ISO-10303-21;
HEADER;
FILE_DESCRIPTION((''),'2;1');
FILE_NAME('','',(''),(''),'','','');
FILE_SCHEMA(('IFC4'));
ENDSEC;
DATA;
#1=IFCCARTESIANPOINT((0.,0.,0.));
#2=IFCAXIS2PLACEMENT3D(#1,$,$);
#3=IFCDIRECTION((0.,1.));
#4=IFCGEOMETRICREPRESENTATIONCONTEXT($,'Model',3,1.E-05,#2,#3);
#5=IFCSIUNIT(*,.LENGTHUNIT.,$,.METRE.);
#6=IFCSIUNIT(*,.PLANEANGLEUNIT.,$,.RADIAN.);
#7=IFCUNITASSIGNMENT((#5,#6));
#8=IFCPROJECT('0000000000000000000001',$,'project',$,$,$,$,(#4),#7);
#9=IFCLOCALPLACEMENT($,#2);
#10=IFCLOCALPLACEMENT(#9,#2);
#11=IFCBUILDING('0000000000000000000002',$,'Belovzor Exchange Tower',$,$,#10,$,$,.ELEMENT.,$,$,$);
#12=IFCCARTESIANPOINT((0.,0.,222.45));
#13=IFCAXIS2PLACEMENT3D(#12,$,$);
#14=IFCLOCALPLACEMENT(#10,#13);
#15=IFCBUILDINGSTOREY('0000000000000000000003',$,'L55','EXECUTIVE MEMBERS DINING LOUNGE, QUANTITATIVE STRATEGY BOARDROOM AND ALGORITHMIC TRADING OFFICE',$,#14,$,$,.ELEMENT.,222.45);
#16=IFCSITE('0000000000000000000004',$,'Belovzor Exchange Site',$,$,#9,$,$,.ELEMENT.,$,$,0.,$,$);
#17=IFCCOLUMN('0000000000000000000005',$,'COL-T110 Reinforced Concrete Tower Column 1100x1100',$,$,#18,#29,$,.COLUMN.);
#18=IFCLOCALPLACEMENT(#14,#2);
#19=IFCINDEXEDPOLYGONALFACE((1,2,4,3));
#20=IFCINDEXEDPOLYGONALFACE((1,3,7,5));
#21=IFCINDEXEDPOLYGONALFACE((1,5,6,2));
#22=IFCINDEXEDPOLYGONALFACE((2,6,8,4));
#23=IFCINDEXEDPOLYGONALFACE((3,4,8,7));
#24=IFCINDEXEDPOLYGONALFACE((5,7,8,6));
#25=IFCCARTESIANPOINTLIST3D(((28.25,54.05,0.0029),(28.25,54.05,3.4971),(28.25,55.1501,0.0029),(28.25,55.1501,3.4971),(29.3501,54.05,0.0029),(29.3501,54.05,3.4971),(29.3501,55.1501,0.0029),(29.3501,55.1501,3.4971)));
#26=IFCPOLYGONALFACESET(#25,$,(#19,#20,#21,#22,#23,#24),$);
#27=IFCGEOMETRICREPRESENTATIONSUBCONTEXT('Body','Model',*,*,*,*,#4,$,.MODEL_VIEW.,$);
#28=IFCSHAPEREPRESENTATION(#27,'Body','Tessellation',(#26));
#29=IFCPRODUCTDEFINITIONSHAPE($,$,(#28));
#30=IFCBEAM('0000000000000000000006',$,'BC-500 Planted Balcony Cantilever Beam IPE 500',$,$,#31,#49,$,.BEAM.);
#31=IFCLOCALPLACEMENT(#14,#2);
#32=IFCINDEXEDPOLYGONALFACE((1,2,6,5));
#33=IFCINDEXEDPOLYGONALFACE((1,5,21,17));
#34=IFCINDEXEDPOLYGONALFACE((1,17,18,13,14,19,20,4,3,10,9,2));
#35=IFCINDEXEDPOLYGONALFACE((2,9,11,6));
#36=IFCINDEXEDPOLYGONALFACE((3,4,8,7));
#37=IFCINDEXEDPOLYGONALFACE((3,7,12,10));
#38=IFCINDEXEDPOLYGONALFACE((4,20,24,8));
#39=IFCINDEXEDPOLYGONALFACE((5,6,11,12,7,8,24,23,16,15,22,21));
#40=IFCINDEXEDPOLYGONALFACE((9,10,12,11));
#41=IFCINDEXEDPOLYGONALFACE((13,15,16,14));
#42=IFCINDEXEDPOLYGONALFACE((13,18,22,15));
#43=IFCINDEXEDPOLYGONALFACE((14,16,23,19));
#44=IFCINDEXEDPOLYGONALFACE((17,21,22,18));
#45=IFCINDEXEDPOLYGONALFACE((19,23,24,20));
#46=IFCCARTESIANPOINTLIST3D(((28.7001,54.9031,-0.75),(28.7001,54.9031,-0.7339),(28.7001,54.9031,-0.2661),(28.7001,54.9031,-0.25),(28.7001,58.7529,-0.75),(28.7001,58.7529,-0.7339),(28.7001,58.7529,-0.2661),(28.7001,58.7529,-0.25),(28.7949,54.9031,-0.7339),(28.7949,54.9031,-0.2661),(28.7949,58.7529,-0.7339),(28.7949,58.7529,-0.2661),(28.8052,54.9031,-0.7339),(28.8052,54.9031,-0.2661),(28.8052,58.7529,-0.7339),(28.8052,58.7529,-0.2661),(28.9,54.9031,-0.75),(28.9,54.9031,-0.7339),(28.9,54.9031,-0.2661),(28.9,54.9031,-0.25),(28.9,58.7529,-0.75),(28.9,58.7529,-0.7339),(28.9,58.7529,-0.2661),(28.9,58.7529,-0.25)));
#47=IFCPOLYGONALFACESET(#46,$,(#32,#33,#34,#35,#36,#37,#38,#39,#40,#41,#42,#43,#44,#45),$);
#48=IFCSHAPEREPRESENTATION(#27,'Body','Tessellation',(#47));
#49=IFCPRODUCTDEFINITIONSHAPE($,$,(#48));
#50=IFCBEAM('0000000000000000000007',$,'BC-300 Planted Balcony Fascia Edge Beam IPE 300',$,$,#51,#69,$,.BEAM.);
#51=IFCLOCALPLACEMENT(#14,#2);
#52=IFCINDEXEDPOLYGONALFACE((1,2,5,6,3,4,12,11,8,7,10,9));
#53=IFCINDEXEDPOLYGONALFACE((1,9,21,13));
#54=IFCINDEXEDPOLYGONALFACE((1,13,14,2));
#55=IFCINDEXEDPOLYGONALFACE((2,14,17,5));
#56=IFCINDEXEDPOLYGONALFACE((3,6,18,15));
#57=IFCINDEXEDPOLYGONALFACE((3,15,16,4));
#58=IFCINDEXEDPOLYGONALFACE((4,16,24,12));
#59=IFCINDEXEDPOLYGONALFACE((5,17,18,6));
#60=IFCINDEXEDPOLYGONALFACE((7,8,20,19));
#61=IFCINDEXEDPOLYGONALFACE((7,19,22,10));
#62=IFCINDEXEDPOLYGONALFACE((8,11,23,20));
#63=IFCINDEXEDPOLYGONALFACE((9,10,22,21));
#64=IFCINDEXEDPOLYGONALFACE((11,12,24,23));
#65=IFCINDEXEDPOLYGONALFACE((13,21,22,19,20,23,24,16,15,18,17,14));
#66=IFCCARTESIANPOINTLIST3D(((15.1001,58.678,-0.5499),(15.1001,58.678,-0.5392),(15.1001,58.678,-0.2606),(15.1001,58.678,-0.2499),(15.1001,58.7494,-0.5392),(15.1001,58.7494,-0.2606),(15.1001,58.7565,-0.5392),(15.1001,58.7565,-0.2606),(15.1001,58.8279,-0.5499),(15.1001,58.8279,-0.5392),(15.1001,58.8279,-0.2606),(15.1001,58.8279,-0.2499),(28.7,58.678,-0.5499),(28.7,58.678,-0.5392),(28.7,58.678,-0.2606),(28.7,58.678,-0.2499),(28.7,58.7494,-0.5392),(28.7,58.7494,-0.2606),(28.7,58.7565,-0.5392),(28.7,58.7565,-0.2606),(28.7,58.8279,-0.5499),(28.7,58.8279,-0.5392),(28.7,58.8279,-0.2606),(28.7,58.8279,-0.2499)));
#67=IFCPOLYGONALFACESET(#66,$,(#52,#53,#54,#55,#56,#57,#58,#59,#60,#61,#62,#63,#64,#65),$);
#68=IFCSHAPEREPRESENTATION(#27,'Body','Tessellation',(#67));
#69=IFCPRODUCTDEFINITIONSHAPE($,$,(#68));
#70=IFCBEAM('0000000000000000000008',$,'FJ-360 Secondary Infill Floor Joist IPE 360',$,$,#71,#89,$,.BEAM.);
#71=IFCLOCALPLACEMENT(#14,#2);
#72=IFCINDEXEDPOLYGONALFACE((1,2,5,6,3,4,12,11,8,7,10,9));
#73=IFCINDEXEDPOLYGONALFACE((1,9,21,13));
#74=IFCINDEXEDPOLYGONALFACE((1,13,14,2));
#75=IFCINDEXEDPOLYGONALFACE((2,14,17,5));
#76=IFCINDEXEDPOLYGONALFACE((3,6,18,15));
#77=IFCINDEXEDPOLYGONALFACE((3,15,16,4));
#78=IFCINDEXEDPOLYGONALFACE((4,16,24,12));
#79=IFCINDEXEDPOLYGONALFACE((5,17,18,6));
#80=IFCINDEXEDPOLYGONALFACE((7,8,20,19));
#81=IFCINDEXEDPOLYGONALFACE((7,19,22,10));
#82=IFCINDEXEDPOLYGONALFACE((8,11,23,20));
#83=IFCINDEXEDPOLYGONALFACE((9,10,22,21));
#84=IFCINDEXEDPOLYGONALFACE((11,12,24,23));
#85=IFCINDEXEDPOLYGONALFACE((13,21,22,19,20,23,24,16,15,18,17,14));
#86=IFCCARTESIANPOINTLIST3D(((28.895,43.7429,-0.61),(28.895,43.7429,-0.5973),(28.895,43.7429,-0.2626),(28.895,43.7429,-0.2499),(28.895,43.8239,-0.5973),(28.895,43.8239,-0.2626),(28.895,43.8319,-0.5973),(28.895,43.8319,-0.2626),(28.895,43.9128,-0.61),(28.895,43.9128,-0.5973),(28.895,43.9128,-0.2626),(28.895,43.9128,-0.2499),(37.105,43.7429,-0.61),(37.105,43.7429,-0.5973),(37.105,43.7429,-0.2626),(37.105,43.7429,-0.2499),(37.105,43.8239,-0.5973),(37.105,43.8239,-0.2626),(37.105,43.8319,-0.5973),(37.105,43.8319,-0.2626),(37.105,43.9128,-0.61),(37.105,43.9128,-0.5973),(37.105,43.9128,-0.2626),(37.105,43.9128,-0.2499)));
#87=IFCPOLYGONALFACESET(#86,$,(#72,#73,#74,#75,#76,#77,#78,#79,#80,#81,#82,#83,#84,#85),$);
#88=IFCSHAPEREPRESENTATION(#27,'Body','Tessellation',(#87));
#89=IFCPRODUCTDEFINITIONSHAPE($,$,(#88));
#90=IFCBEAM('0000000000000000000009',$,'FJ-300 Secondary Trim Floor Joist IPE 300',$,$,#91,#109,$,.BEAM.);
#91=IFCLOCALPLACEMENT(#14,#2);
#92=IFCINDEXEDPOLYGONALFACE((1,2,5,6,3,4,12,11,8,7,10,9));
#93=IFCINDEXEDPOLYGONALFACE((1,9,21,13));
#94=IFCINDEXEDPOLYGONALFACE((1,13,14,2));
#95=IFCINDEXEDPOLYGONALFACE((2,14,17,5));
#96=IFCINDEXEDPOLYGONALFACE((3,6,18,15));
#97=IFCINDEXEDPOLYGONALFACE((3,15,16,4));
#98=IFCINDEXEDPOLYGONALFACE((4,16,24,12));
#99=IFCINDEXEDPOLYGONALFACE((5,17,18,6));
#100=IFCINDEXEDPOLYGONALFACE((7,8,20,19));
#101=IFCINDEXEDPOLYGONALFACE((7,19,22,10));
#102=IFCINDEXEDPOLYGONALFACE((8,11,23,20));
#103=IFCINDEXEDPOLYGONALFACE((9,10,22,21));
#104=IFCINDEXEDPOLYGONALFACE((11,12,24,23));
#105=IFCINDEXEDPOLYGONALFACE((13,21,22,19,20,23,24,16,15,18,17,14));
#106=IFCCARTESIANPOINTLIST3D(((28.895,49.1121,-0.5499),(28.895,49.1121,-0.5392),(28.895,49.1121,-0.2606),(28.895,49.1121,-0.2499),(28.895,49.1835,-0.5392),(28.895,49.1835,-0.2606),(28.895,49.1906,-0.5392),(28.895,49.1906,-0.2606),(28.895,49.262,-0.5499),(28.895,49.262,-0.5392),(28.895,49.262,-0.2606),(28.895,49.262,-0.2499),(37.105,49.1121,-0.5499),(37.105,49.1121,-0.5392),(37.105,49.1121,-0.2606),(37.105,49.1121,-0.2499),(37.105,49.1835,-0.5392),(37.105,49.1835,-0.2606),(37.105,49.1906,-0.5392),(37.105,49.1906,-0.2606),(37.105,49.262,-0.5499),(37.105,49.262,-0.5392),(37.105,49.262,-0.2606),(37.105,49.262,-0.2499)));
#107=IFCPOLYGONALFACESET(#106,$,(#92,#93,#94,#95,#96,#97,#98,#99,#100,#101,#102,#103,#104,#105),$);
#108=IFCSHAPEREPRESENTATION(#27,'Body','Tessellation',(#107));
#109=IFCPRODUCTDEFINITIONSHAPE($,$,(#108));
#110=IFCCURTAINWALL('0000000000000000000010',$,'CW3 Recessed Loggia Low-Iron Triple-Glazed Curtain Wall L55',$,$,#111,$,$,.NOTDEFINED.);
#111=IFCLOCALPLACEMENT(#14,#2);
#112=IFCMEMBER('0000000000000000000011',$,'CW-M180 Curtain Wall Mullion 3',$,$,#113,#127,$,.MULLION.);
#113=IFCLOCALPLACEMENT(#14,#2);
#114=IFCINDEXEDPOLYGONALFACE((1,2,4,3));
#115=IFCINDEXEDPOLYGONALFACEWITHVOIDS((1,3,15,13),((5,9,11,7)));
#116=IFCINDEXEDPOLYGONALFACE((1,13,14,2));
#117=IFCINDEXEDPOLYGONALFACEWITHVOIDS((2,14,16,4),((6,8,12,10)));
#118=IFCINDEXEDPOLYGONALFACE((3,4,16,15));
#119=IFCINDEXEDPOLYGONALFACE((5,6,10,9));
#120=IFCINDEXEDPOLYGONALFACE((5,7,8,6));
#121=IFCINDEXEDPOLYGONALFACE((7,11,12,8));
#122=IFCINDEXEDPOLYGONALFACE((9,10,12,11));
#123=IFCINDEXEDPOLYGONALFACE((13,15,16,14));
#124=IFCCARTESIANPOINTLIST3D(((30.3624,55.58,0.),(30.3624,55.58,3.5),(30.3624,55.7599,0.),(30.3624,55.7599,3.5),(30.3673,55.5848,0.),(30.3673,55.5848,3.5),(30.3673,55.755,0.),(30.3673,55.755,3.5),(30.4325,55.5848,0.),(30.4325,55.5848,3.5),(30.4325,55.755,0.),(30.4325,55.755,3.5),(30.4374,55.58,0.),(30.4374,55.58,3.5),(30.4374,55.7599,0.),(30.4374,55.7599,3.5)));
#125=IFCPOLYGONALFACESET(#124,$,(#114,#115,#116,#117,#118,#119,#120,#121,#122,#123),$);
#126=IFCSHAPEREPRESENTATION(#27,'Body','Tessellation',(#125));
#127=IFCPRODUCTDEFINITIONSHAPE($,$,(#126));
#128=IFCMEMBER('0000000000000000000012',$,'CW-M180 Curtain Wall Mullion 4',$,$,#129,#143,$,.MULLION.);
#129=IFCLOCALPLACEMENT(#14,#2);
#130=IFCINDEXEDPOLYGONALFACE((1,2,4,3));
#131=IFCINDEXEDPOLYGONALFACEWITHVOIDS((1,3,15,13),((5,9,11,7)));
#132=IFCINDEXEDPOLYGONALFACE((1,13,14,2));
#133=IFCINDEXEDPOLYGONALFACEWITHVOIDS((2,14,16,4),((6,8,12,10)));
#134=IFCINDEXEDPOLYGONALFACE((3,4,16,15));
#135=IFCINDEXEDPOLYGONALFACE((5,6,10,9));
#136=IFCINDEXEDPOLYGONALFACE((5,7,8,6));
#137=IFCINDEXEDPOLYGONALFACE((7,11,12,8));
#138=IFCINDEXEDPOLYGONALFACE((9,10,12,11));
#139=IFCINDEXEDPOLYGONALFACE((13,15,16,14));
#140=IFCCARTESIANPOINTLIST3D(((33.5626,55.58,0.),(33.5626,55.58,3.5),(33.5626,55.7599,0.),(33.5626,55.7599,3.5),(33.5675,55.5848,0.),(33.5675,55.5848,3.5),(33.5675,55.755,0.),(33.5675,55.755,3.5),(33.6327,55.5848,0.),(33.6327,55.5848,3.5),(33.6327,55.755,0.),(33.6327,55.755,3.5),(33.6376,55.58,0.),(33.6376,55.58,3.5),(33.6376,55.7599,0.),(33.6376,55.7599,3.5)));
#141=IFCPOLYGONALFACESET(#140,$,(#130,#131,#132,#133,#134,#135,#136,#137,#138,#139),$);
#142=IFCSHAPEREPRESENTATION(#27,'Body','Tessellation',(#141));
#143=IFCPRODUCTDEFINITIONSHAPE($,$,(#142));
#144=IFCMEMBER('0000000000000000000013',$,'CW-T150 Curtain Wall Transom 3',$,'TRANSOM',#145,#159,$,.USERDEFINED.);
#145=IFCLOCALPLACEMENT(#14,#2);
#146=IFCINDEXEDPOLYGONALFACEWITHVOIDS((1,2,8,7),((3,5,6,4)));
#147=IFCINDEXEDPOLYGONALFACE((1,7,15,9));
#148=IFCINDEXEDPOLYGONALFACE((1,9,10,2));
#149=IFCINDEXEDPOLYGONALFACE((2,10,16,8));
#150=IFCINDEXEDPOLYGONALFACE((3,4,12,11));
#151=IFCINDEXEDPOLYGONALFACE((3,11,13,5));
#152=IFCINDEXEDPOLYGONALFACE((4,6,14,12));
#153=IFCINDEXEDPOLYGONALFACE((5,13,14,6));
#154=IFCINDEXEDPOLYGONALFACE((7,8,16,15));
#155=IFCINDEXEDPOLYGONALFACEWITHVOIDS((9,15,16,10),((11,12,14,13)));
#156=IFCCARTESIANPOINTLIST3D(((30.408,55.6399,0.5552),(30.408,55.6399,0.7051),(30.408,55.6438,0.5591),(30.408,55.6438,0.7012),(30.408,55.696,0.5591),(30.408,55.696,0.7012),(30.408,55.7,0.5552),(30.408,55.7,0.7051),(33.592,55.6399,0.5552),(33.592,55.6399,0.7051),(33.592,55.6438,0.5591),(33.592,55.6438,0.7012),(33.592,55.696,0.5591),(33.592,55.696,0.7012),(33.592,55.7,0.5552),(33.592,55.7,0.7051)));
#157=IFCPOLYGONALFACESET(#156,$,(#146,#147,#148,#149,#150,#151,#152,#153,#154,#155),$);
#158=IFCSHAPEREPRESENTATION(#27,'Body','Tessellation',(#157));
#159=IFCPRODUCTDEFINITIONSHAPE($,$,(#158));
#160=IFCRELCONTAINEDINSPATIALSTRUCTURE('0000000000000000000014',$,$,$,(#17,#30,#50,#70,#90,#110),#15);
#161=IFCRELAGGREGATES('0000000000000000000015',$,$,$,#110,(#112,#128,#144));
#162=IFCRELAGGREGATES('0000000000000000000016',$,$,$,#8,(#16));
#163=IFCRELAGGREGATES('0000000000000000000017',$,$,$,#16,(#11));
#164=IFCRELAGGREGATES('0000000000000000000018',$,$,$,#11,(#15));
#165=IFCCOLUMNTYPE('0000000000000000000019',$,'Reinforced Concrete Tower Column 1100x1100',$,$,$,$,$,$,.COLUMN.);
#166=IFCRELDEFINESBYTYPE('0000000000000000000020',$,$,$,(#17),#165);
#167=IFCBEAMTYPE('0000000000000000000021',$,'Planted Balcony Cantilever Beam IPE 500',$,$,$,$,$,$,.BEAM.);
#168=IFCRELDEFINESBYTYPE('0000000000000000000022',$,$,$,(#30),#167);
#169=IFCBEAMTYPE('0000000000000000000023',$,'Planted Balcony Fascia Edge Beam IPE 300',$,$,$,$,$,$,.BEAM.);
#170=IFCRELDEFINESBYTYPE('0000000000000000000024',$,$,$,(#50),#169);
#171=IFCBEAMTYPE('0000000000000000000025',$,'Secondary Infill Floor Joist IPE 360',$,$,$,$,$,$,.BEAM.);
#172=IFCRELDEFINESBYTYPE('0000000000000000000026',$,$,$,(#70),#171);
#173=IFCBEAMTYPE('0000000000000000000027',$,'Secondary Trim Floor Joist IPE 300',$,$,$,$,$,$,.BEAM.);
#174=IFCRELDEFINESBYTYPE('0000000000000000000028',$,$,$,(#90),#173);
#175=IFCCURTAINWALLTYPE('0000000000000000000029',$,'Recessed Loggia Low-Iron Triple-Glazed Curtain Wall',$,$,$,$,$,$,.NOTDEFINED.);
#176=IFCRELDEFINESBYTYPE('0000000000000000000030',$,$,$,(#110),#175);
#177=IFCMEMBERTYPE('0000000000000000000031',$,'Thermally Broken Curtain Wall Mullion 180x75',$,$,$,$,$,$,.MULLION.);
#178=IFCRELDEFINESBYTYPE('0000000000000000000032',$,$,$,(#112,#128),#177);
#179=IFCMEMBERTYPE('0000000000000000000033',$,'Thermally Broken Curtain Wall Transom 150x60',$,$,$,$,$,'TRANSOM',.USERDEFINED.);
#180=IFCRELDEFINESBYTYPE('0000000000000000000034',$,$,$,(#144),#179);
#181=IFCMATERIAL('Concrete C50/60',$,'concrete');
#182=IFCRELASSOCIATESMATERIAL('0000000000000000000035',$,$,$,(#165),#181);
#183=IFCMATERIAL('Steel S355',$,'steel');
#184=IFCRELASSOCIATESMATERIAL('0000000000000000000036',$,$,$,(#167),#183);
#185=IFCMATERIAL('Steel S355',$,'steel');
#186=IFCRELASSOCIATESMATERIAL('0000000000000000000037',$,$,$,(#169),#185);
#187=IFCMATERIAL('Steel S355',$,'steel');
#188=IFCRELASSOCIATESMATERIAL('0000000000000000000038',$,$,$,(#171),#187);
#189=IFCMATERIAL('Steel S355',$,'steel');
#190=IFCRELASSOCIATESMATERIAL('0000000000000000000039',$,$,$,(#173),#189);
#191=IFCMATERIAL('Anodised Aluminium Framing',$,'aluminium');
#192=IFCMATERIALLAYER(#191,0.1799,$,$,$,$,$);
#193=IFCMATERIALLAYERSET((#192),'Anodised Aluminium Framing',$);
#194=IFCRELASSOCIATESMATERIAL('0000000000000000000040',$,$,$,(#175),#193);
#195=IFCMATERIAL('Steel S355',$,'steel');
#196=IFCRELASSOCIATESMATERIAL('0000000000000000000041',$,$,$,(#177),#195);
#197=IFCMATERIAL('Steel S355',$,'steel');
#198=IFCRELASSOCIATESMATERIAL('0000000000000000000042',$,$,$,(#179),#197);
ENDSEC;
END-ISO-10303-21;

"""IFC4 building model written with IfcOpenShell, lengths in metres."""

from ifc_helpers import new_model, si_unit, direction, frame, origin, origin_2d, place, context, subcontext, project, spatial, rectangle, hollow_rectangle, i_section, extrude, material, layer, layer_set, material_profile, profile_set, type_object, element, aggregate, save


model = new_model("IFC4")

# Units and contexts
model_context = context("Model", 3, precision=1e-05, world=origin(), true_north=direction((0.0, 1.0)))
body_context = subcontext(model_context, "Body", "Model", "MODEL_VIEW")
ifc_project = project(units=[si_unit("LENGTHUNIT", "METRE"), si_unit("PLANEANGLEUNIT", "RADIAN")], contexts=[model_context])

# Site, building, storey
site_placement = place(None, origin())
site = spatial("IfcSite", under=ifc_project, at=site_placement, Name="Belovzor Exchange Site", CompositionType="ELEMENT", RefElevation=0.0)
building_placement = place(site_placement, origin())
building = spatial("IfcBuilding", under=site, at=building_placement, Name="Belovzor Exchange Tower", CompositionType="ELEMENT")
storey_placement = place(building_placement, frame((0.0, 0.0, 222.45)))
storey = spatial("IfcBuildingStorey", under=building, at=storey_placement, Name="L55", Description="EXECUTIVE MEMBERS DINING LOUNGE, QUANTITATIVE STRATEGY BOARDROOM AND ALGORITHMIC TRADING OFFICE", CompositionType="ELEMENT", Elevation=222.45)

# Column
ifc_material_1 = material(Name="Concrete C50/60", Category="concrete")
ifc_material_profile_1 = material_profile(ifc_material_1, rectangle(XDim=1.1001, YDim=1.1001, at=origin_2d()))
ifc_profile_set_1 = profile_set([ifc_material_profile_1], Name="Concrete C50/60")
column_type = type_object("IfcColumnType", Name="Reinforced Concrete Tower Column 1100x1100", PredefinedType="COLUMN", material=ifc_profile_set_1)
column_placement = place(storey_placement, frame((28.8, 54.6001, 0.0029), z_axis=(0.0, 0.0, 1.0), x_axis=(1.0, 0.0, 0.0)))
element("IfcColumn", 1, at=column_placement, inside=storey, type_object=column_type, Name="COL-T110 Reinforced Concrete Tower Column 1100x1100", PredefinedType="COLUMN", context=body_context, shape_type="SweptSolid", body=[
    extrude(rectangle(XDim=1.1001, YDim=1.1001, at=origin_2d()), origin(), (0.0, 0.0, 1.0), 3.4941),
])

# Beams
ifc_material_2 = material(Name="Steel S355", Category="steel")
ifc_material_profile_2 = material_profile(ifc_material_2, i_section(OverallWidth=0.2, OverallDepth=0.5, WebThickness=0.0103, FlangeThickness=0.0161, at=origin_2d()))
ifc_profile_set_2 = profile_set([ifc_material_profile_2], Name="Steel S355")
beam_type_1 = type_object("IfcBeamType", Name="Planted Balcony Cantilever Beam IPE 500", PredefinedType="BEAM", material=ifc_profile_set_2)
beam_1_placement = place(storey_placement, frame((28.8, 54.9031, -0.5), z_axis=(0.0, 1.0, 0.0), x_axis=(-1.0, 0.0, 0.0)))
element("IfcBeam", 2, at=beam_1_placement, inside=storey, type_object=beam_type_1, Name="BC-500 Planted Balcony Cantilever Beam IPE 500", PredefinedType="BEAM", context=body_context, shape_type="SweptSolid", body=[
    extrude(i_section(OverallWidth=0.2, OverallDepth=0.5, WebThickness=0.0103, FlangeThickness=0.0161, at=origin_2d()), origin(), (0.0, 0.0, 1.0), 3.8499),
])
ifc_material_3 = material(Name="Steel S355", Category="steel")
ifc_material_profile_3 = material_profile(ifc_material_3, i_section(OverallWidth=0.1499, OverallDepth=0.3, WebThickness=0.0071, FlangeThickness=0.0107, at=origin_2d()))
ifc_profile_set_3 = profile_set([ifc_material_profile_3], Name="Steel S355")
beam_type_2 = type_object("IfcBeamType", Name="Planted Balcony Fascia Edge Beam IPE 300", PredefinedType="BEAM", material=ifc_profile_set_3)
beam_2_placement = place(storey_placement, frame((28.7, 58.7529, -0.3999), z_axis=(-1.0, 0.0, 0.0), x_axis=(0.0, -1.0, 0.0)))
element("IfcBeam", 3, at=beam_2_placement, inside=storey, type_object=beam_type_2, Name="BC-300 Planted Balcony Fascia Edge Beam IPE 300", PredefinedType="BEAM", context=body_context, shape_type="SweptSolid", body=[
    extrude(i_section(OverallWidth=0.1499, OverallDepth=0.3, WebThickness=0.0071, FlangeThickness=0.0107, at=origin_2d()), origin(), (0.0, 0.0, 1.0), 13.5999),
])
ifc_material_4 = material(Name="Steel S355", Category="steel")
ifc_material_profile_4 = material_profile(ifc_material_4, i_section(OverallWidth=0.1699, OverallDepth=0.3601, WebThickness=0.0081, FlangeThickness=0.0127, at=origin_2d()))
ifc_profile_set_4 = profile_set([ifc_material_profile_4], Name="Steel S355")
beam_type_3 = type_object("IfcBeamType", Name="Secondary Infill Floor Joist IPE 360", PredefinedType="BEAM", material=ifc_profile_set_4)
beam_3_placement = place(storey_placement, frame((28.895, 43.8279, -0.4299), z_axis=(1.0, 0.0, 0.0), x_axis=(0.0, 1.0, 0.0)))
element("IfcBeam", 4, at=beam_3_placement, inside=storey, type_object=beam_type_3, Name="FJ-360 Secondary Infill Floor Joist IPE 360", PredefinedType="BEAM", context=body_context, shape_type="SweptSolid", body=[
    extrude(i_section(OverallWidth=0.1699, OverallDepth=0.3601, WebThickness=0.0081, FlangeThickness=0.0127, at=origin_2d()), origin(), (0.0, 0.0, 1.0), 8.21),
])
ifc_material_5 = material(Name="Steel S355", Category="steel")
ifc_material_profile_5 = material_profile(ifc_material_5, i_section(OverallWidth=0.1499, OverallDepth=0.3, WebThickness=0.0071, FlangeThickness=0.0107, at=origin_2d()))
ifc_profile_set_5 = profile_set([ifc_material_profile_5], Name="Steel S355")
beam_type_4 = type_object("IfcBeamType", Name="Secondary Trim Floor Joist IPE 300", PredefinedType="BEAM", material=ifc_profile_set_5)
beam_4_placement = place(storey_placement, frame((28.895, 49.187, -0.3999), z_axis=(1.0, 0.0, 0.0), x_axis=(0.0, 1.0, 0.0)))
element("IfcBeam", 5, at=beam_4_placement, inside=storey, type_object=beam_type_4, Name="FJ-300 Secondary Trim Floor Joist IPE 300", PredefinedType="BEAM", context=body_context, shape_type="SweptSolid", body=[
    extrude(i_section(OverallWidth=0.1499, OverallDepth=0.3, WebThickness=0.0071, FlangeThickness=0.0107, at=origin_2d()), origin(), (0.0, 0.0, 1.0), 8.21),
])

# Curtain wall, members
ifc_material_6 = material(Name="Anodised Aluminium Framing", Category="aluminium")
ifc_layer_1 = layer(ifc_material_6, 0.1799)
ifc_layer_set_1 = layer_set([ifc_layer_1], Name="Anodised Aluminium Framing")
curtain_wall_type = type_object("IfcCurtainWallType", Name="Recessed Loggia Low-Iron Triple-Glazed Curtain Wall", PredefinedType="NOTDEFINED", material=ifc_layer_set_1)
curtain_wall_placement = place(storey_placement, origin())
curtain_wall = element("IfcCurtainWall", 6, at=curtain_wall_placement, inside=storey, type_object=curtain_wall_type, Name="CW3 Recessed Loggia Low-Iron Triple-Glazed Curtain Wall L55", PredefinedType="NOTDEFINED")
ifc_material_7 = material(Name="Steel S355", Category="steel")
ifc_material_profile_6 = material_profile(ifc_material_7, hollow_rectangle(XDim=0.075, YDim=0.1799, WallThickness=0.0049, at=origin_2d()))
ifc_profile_set_6 = profile_set([ifc_material_profile_6], Name="Steel S355")
member_type_1 = type_object("IfcMemberType", Name="Thermally Broken Curtain Wall Mullion 180x75", PredefinedType="MULLION", material=ifc_profile_set_6)
member_1_placement = place(storey_placement, frame((30.3999, 55.6699, 0.0), z_axis=(0.0, 0.0, 1.0), x_axis=(1.0, 0.0, 0.0)))
member_1 = element("IfcMember", 7, at=member_1_placement, type_object=member_type_1, Name="CW-M180 Curtain Wall Mullion 3", PredefinedType="MULLION", context=body_context, shape_type="SweptSolid", body=[
    extrude(hollow_rectangle(XDim=0.075, YDim=0.1799, WallThickness=0.0049, at=origin_2d()), origin(), (0.0, 0.0, 1.0), 3.5),
])
member_2_placement = place(storey_placement, frame((33.6001, 55.6699, 0.0), z_axis=(0.0, 0.0, 1.0), x_axis=(1.0, 0.0, 0.0)))
member_2 = element("IfcMember", 8, at=member_2_placement, type_object=member_type_1, Name="CW-M180 Curtain Wall Mullion 4", PredefinedType="MULLION", context=body_context, shape_type="SweptSolid", body=[
    extrude(hollow_rectangle(XDim=0.075, YDim=0.1799, WallThickness=0.0049, at=origin_2d()), origin(), (0.0, 0.0, 1.0), 3.5),
])
ifc_material_8 = material(Name="Steel S355", Category="steel")
ifc_material_profile_7 = material_profile(ifc_material_8, hollow_rectangle(XDim=0.0601, YDim=0.1499, WallThickness=0.0039, at=origin_2d()))
ifc_profile_set_7 = profile_set([ifc_material_profile_7], Name="Steel S355")
member_type_2 = type_object("IfcMemberType", Name="Thermally Broken Curtain Wall Transom 150x60", ElementType="TRANSOM", PredefinedType="USERDEFINED", material=ifc_profile_set_7)
member_3_placement = place(storey_placement, frame((30.408, 55.6699, 0.6301), z_axis=(1.0, 0.0, 0.0), x_axis=(0.0, 1.0, 0.0)))
member_3 = element("IfcMember", 9, at=member_3_placement, type_object=member_type_2, Name="CW-T150 Curtain Wall Transom 3", ObjectType="TRANSOM", PredefinedType="USERDEFINED", context=body_context, shape_type="SweptSolid", body=[
    extrude(hollow_rectangle(XDim=0.0601, YDim=0.1499, WallThickness=0.0039, at=origin_2d()), origin(), (0.0, 0.0, 1.0), 3.1841),
])

aggregate(curtain_wall, [member_1, member_2, member_3])

save(model, "model.ifc")
